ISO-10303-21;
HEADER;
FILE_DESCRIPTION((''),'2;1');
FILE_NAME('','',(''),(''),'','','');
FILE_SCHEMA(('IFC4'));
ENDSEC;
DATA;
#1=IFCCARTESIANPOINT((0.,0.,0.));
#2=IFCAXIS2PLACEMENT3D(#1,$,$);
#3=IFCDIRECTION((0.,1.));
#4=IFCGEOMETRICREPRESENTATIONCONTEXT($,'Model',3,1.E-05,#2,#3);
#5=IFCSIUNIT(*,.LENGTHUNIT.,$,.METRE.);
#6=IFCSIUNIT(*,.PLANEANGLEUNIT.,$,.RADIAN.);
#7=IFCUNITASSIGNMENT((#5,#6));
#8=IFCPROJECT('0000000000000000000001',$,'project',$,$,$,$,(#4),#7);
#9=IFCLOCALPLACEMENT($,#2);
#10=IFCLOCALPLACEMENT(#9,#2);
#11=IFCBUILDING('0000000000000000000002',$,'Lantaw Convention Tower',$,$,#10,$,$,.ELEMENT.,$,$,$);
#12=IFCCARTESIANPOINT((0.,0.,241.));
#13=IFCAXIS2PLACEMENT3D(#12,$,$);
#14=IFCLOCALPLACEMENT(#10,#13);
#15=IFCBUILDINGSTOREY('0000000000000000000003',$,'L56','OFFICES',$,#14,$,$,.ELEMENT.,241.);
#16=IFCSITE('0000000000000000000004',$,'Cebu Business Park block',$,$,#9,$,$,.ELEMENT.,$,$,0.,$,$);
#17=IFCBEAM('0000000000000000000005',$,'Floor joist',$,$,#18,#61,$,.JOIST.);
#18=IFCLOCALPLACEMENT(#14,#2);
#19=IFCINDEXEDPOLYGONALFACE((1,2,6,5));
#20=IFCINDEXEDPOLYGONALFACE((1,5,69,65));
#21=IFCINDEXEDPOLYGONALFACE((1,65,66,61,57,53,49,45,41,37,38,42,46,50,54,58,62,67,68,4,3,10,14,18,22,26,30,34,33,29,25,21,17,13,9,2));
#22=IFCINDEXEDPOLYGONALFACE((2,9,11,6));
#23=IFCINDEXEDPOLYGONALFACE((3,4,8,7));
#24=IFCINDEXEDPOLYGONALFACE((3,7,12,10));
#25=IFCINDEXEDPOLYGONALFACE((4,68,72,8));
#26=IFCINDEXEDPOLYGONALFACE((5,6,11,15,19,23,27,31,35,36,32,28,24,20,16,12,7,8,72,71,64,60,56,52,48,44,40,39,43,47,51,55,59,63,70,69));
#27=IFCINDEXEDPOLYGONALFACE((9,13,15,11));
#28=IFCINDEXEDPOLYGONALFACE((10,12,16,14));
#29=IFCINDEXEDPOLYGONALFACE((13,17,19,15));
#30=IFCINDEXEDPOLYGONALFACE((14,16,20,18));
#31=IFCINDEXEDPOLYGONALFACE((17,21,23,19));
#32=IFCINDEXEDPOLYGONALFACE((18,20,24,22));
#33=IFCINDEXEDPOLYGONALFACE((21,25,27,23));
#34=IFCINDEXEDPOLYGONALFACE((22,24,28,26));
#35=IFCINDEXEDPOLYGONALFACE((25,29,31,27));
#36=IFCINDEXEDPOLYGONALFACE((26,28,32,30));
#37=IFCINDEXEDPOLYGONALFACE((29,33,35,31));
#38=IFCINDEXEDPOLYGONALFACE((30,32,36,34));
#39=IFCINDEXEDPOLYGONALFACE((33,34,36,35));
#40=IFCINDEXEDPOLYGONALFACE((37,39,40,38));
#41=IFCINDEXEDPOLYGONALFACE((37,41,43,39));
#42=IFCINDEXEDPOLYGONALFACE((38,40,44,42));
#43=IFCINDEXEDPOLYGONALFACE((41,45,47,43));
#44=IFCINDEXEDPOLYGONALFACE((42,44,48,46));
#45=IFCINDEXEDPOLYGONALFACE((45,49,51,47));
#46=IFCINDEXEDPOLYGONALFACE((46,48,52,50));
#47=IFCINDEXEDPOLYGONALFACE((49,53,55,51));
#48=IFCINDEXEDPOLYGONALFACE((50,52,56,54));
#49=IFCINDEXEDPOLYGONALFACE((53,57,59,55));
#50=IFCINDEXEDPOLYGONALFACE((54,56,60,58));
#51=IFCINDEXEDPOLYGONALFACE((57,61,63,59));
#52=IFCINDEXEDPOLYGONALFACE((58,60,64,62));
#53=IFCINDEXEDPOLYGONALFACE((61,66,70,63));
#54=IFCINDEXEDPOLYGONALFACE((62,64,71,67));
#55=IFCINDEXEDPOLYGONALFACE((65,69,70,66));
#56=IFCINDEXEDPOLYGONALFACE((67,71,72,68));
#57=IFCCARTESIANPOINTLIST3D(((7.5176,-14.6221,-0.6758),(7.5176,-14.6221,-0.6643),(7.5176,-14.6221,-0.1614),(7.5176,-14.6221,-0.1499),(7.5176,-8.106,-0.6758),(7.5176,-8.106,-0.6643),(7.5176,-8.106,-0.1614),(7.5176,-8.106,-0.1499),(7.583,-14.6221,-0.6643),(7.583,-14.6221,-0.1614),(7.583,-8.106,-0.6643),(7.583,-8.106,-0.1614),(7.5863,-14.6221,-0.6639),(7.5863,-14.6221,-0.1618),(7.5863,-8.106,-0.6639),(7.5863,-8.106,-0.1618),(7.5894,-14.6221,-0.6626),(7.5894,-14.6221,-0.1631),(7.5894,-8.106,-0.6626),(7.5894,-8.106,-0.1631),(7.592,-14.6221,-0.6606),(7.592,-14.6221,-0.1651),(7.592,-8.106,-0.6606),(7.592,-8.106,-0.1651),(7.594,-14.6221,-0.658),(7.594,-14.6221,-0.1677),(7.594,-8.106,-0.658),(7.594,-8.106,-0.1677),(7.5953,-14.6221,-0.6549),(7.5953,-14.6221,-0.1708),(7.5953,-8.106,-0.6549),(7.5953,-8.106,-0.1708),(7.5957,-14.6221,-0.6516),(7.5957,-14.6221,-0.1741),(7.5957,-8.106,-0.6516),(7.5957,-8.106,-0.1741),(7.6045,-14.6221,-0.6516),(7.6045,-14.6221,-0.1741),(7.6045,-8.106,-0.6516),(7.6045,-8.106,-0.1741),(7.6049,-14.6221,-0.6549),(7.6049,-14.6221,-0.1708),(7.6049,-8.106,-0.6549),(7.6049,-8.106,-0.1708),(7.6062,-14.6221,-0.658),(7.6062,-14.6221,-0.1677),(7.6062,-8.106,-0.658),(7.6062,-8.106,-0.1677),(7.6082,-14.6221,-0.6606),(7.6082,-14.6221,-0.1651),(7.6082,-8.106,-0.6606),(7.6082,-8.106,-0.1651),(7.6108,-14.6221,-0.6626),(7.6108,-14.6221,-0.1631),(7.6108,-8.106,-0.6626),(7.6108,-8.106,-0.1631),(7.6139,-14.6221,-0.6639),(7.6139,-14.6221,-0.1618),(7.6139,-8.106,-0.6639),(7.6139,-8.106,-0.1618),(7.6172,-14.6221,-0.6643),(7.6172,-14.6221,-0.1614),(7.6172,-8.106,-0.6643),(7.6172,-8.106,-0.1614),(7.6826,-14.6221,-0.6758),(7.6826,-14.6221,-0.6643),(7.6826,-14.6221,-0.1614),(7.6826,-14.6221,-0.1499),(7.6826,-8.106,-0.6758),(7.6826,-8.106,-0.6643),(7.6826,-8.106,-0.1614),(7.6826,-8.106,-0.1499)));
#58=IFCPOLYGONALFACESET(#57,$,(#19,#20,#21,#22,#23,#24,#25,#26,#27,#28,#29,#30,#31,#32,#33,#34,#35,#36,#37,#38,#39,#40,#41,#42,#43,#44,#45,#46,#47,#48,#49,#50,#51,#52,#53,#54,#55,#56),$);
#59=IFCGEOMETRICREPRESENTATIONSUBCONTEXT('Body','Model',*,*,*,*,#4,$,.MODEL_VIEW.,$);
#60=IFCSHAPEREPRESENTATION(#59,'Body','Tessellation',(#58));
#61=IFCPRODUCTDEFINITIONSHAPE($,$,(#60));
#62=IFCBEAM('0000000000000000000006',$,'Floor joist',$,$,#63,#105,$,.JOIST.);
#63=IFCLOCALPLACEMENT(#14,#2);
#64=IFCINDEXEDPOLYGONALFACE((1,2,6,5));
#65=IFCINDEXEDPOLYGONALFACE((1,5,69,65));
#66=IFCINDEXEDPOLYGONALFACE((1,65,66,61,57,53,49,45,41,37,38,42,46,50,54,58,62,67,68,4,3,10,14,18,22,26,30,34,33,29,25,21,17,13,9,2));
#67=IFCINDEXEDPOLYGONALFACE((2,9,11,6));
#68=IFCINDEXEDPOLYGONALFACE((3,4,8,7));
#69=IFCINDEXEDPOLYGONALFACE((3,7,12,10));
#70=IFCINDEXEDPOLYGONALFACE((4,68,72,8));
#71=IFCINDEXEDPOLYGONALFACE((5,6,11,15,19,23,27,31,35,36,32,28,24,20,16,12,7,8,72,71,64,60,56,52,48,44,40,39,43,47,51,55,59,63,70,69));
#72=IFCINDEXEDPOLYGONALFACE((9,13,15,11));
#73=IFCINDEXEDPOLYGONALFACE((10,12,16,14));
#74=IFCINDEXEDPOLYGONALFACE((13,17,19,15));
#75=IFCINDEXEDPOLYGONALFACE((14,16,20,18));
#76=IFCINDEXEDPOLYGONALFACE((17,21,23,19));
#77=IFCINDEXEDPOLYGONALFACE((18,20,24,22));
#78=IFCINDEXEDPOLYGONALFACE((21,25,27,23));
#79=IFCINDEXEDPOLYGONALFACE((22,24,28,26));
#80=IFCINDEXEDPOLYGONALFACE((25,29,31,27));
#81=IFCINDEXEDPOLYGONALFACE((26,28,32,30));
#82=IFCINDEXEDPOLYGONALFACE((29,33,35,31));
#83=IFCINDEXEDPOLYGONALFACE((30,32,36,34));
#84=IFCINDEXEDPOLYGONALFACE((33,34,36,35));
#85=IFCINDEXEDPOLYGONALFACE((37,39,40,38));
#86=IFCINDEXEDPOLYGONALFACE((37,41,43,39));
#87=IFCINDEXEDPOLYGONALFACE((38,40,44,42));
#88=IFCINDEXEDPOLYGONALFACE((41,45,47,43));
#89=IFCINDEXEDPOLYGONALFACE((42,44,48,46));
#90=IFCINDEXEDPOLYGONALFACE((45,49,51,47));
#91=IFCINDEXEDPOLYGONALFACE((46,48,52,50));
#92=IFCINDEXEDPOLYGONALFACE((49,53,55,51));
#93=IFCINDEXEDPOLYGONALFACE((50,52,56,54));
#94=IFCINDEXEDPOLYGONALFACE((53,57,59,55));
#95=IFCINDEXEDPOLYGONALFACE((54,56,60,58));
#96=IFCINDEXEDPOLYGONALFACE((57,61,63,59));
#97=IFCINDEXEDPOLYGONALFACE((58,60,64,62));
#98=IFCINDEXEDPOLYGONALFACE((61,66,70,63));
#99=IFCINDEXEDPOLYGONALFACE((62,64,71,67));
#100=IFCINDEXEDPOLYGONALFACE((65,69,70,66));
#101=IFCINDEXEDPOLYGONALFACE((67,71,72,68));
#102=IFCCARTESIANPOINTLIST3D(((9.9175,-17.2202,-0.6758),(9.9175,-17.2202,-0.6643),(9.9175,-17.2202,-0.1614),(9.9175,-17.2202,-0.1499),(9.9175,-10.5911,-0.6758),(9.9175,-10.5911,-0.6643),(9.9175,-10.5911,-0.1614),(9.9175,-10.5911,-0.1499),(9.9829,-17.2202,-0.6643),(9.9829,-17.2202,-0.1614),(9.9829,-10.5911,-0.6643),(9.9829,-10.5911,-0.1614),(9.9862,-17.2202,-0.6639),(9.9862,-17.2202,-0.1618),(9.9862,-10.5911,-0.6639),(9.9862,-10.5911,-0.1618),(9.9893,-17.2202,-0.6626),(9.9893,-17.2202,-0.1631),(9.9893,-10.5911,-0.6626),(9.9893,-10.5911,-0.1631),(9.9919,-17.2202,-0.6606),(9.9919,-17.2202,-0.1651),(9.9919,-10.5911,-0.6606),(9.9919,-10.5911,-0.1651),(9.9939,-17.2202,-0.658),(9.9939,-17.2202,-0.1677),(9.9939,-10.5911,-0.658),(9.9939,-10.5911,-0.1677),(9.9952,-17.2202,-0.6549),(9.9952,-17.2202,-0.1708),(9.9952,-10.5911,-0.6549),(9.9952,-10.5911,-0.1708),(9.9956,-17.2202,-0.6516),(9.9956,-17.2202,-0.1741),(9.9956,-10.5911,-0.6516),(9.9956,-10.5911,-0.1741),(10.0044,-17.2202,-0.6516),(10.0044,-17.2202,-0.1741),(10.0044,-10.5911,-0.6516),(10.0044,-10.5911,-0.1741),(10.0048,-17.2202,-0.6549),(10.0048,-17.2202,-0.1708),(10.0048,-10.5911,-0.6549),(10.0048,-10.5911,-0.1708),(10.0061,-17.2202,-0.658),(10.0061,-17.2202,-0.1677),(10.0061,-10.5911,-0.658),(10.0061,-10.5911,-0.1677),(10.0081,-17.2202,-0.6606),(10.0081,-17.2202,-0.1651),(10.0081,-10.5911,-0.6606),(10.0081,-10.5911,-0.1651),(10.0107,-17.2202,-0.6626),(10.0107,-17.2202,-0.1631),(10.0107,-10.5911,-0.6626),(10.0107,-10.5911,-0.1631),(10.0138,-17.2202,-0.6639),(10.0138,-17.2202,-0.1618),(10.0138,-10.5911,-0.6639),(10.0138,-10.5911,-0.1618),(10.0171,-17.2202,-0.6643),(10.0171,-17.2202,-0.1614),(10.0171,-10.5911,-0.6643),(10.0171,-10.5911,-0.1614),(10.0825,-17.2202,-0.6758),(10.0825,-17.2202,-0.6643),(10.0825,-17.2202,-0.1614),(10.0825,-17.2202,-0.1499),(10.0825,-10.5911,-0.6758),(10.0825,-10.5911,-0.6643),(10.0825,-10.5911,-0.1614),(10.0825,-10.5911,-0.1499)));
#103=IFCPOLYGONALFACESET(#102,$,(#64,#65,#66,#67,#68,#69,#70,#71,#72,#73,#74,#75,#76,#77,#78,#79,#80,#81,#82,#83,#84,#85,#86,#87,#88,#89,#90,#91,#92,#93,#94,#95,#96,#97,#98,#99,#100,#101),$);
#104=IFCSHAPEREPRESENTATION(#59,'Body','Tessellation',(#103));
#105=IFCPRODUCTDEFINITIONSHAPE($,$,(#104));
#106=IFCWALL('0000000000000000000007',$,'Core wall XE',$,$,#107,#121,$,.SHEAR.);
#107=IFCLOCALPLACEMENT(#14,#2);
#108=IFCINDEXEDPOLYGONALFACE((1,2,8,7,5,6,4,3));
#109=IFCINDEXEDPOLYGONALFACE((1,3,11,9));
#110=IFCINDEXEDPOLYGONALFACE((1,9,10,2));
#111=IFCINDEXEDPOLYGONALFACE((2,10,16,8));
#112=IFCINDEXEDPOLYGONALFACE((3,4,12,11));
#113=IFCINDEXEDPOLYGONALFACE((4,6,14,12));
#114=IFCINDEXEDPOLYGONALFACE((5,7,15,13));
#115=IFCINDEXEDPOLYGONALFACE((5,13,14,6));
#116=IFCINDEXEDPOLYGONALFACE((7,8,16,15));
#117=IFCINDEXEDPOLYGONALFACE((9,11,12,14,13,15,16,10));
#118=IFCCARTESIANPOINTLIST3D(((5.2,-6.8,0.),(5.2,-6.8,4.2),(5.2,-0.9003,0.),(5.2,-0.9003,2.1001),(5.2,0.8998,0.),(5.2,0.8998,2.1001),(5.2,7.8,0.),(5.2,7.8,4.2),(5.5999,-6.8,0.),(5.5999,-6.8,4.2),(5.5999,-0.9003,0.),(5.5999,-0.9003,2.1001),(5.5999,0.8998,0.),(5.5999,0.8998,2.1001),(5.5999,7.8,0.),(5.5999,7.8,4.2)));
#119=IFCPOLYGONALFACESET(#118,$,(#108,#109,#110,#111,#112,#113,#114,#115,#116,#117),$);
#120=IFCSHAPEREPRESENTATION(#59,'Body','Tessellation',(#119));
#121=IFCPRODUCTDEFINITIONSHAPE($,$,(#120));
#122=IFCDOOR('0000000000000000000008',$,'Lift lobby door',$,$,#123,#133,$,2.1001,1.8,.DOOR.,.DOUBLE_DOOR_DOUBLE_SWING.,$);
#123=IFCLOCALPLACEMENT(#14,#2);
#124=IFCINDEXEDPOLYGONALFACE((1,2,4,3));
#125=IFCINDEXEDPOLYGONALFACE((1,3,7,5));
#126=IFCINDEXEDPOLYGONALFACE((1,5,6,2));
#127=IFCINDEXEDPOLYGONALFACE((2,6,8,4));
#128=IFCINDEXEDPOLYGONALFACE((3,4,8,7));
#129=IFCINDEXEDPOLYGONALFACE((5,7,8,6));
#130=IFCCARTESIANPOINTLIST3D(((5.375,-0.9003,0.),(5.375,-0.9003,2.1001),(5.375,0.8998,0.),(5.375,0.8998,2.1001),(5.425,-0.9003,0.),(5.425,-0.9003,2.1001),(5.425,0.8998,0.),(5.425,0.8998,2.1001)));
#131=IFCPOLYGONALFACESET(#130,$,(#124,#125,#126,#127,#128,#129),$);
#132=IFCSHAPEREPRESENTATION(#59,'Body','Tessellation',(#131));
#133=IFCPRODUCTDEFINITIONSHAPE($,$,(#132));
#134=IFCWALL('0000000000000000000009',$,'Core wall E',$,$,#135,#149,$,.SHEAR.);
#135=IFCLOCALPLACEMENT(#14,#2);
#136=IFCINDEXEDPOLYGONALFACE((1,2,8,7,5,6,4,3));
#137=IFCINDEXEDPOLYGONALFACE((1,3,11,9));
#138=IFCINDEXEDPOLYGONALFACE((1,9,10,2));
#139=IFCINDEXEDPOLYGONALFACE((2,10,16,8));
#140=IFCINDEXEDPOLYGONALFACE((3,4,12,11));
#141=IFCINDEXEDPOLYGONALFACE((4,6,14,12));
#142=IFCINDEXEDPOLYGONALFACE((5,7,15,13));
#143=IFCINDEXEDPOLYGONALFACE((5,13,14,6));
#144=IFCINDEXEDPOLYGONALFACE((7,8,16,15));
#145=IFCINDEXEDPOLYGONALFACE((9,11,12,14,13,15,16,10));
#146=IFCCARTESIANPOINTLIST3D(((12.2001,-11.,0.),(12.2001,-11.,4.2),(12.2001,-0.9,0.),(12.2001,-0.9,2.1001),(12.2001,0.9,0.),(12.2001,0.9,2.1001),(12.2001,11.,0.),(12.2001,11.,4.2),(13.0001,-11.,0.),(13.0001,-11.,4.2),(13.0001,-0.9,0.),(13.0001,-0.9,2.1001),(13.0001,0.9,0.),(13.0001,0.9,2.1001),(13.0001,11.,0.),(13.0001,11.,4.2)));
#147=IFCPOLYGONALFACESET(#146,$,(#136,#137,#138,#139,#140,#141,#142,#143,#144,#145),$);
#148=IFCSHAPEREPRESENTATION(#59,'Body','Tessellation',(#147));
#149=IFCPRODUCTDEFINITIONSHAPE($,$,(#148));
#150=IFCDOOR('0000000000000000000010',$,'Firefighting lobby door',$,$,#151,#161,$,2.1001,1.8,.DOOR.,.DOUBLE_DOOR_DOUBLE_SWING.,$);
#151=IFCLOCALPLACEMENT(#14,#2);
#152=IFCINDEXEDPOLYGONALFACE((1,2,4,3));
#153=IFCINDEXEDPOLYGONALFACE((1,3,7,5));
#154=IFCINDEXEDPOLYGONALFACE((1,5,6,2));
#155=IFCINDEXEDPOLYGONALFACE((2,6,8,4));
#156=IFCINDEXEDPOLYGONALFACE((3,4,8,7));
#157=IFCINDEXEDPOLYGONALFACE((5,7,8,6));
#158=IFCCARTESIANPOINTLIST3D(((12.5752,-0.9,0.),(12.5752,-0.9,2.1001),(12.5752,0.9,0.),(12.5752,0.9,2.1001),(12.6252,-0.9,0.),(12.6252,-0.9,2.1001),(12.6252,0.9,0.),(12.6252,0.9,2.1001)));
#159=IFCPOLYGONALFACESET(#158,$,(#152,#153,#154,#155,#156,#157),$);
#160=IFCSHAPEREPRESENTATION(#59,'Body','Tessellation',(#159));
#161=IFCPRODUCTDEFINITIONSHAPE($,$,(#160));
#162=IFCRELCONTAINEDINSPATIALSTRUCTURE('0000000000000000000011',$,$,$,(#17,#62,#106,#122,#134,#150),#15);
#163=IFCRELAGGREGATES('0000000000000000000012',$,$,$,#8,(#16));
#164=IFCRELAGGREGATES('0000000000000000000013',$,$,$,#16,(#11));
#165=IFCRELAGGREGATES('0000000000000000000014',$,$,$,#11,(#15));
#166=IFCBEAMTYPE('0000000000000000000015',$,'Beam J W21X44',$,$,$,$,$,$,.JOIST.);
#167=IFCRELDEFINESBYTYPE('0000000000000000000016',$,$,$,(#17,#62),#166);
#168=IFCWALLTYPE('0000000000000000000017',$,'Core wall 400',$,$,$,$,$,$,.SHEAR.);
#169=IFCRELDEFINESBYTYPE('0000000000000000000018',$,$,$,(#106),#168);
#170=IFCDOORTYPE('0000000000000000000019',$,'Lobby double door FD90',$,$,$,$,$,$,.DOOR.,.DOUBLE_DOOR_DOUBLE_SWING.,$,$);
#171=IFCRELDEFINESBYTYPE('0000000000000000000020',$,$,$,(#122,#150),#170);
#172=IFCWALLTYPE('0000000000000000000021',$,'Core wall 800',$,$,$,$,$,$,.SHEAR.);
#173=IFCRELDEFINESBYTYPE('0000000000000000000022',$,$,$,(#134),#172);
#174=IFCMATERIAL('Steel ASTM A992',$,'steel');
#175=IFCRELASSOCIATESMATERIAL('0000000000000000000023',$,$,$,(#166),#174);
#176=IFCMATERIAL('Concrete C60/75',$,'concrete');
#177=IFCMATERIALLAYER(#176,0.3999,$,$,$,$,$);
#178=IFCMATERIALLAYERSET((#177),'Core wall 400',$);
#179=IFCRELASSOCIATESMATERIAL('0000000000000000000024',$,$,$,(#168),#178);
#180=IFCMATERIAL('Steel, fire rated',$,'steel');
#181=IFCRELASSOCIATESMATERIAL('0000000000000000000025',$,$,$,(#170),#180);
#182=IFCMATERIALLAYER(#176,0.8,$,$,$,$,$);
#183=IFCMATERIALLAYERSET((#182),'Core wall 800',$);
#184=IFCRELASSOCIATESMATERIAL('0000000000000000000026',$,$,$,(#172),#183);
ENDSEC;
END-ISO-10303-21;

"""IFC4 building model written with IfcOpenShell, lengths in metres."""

from ifc_helpers import new_model, si_unit, direction, frame, frame_2d, origin, origin_2d, place, context, subcontext, project, spatial, rectangle, i_section, extrude, material, layer, layer_set, material_profile, profile_set, type_object, element, fill, save


model = new_model("IFC4")

# Units and contexts
model_context = context("Model", 3, precision=1e-05, world=origin(), true_north=direction((0.0, 1.0)))
body_context = subcontext(model_context, "Body", "Model", "MODEL_VIEW")
ifc_project = project(units=[si_unit("LENGTHUNIT", "METRE"), si_unit("PLANEANGLEUNIT", "RADIAN")], contexts=[model_context])

# Site, building, storey
site_placement = place(None, origin())
site = spatial("IfcSite", under=ifc_project, at=site_placement, Name="Cebu Business Park block", CompositionType="ELEMENT", RefElevation=0.0)
building_placement = place(site_placement, origin())
building = spatial("IfcBuilding", under=site, at=building_placement, Name="Lantaw Convention Tower", CompositionType="ELEMENT")
storey_placement = place(building_placement, frame((0.0, 0.0, 241.0)))
storey = spatial("IfcBuildingStorey", under=building, at=storey_placement, Name="L56", Description="OFFICES", CompositionType="ELEMENT", Elevation=241.0)

# Beams
ifc_material_1 = material(Name="Steel ASTM A992", Category="steel")
ifc_material_profile_1 = material_profile(ifc_material_1, i_section(OverallWidth=0.165, OverallDepth=0.5259, WebThickness=0.0088, FlangeThickness=0.0115, FilletRadius=0.0127, at=origin_2d()), Name="W21X44")
ifc_profile_set_1 = profile_set([ifc_material_profile_1], Name="Steel ASTM A992")
beam_type_1 = type_object("IfcBeamType", Name="Beam J W21X44", PredefinedType="JOIST", material=ifc_profile_set_1)
beam_1_placement = place(storey_placement, frame((7.6001, -14.6221, -0.4128), z_axis=(0.0, 1.0, 0.0), x_axis=(-1.0, 0.0, 0.0)))
element("IfcBeam", 1, at=beam_1_placement, inside=storey, type_object=beam_type_1, Name="Floor joist", PredefinedType="JOIST", context=body_context, shape_type="SweptSolid", body=[
    extrude(i_section(OverallWidth=0.165, OverallDepth=0.5259, WebThickness=0.0088, FlangeThickness=0.0115, FilletRadius=0.0127, at=origin_2d()), origin(), (0.0, 0.0, 1.0), 6.5161),
])
beam_2_placement = place(storey_placement, frame((10.0, -17.2202, -0.4128), z_axis=(0.0, 1.0, 0.0), x_axis=(-1.0, 0.0, 0.0)))
element("IfcBeam", 2, at=beam_2_placement, inside=storey, type_object=beam_type_1, Name="Floor joist", PredefinedType="JOIST", context=body_context, shape_type="SweptSolid", body=[
    extrude(i_section(OverallWidth=0.165, OverallDepth=0.5259, WebThickness=0.0088, FlangeThickness=0.0115, FilletRadius=0.0127, at=origin_2d()), origin(), (0.0, 0.0, 1.0), 6.6292),
])

# Walls, openings, doors
ifc_material_2 = material(Name="Concrete C60/75", Category="concrete")
ifc_layer_1 = layer(ifc_material_2, 0.3999)
ifc_layer_set_1 = layer_set([ifc_layer_1], Name="Core wall 400")
wall_type_1 = type_object("IfcWallType", Name="Core wall 400", PredefinedType="SHEAR", material=ifc_layer_set_1)
wall_1_placement = place(storey_placement, frame((5.3999, -6.8, 0.0), z_axis=(0.0, 0.0, 1.0), x_axis=(0.0, 1.0, 0.0)))
wall_1 = element("IfcWall", 3, at=wall_1_placement, inside=storey, type_object=wall_type_1, Name="Core wall XE", PredefinedType="SHEAR", context=body_context, shape_type="SweptSolid", body=[
    extrude(rectangle(XDim=14.6001, YDim=0.3999, at=frame_2d((7.3, 0.0))), origin(), (0.0, 0.0, 1.0), 4.2),
])
opening_1_placement = place(wall_1_placement, frame((5.8999, 0.0, 0.0)))
opening_1 = element("IfcOpeningElement", 4, at=opening_1_placement, cuts=wall_1, PredefinedType="OPENING", context=body_context, shape_type="SweptSolid", body=[
    extrude(rectangle(XDim=1.8, YDim=2.1001, at=frame_2d((0.8999, 1.05))), frame((0.0, 0.21, 0.0), z_axis=(0.0, -1.0, 0.0), x_axis=(1.0, 0.0, 0.0)), (0.0, 0.0, 1.0), 0.4199),
])
ifc_material_3 = material(Name="Steel, fire rated", Category="steel")
door_type_1 = type_object("IfcDoorType", Name="Lobby double door FD90", OperationType="DOUBLE_DOOR_DOUBLE_SWING", PredefinedType="DOOR", material=ifc_material_3)
door_1_placement = place(opening_1_placement, origin())
door_1 = element("IfcDoor", 5, at=door_1_placement, inside=storey, type_object=door_type_1, Name="Lift lobby door", OperationType="DOUBLE_DOOR_DOUBLE_SWING", OverallHeight=2.1001, OverallWidth=1.8, PredefinedType="DOOR", context=body_context, shape_type="SweptSolid", body=[
    extrude(rectangle(XDim=1.8, YDim=2.1001, at=frame_2d((0.8999, 1.05))), frame((0.0, 0.0249, 0.0), z_axis=(0.0, -1.0, 0.0), x_axis=(1.0, 0.0, 0.0)), (0.0, 0.0, 1.0), 0.05),
])
fill(opening_1, door_1)
ifc_layer_2 = layer(ifc_material_2, 0.8)
ifc_layer_set_2 = layer_set([ifc_layer_2], Name="Core wall 800")
wall_type_2 = type_object("IfcWallType", Name="Core wall 800", PredefinedType="SHEAR", material=ifc_layer_set_2)
wall_2_placement = place(storey_placement, frame((12.6001, -11.0, 0.0), z_axis=(0.0, 0.0, 1.0), x_axis=(0.0, 1.0, 0.0)))
wall_2 = element("IfcWall", 6, at=wall_2_placement, inside=storey, type_object=wall_type_2, Name="Core wall E", PredefinedType="SHEAR", context=body_context, shape_type="SweptSolid", body=[
    extrude(rectangle(XDim=22.0, YDim=0.8, at=frame_2d((11.0, 0.0))), origin(), (0.0, 0.0, 1.0), 4.2),
])
opening_2_placement = place(wall_2_placement, frame((10.1001, 0.0, 0.0)))
opening_2 = element("IfcOpeningElement", 7, at=opening_2_placement, cuts=wall_2, PredefinedType="OPENING", context=body_context, shape_type="SweptSolid", body=[
    extrude(rectangle(XDim=1.8, YDim=2.1001, at=frame_2d((0.8999, 1.05))), frame((0.0, 0.4099, 0.0), z_axis=(0.0, -1.0, 0.0), x_axis=(1.0, 0.0, 0.0)), (0.0, 0.0, 1.0), 0.8201),
])
door_2_placement = place(opening_2_placement, origin())
door_2 = element("IfcDoor", 8, at=door_2_placement, inside=storey, type_object=door_type_1, Name="Firefighting lobby door", OperationType="DOUBLE_DOOR_DOUBLE_SWING", OverallHeight=2.1001, OverallWidth=1.8, PredefinedType="DOOR", context=body_context, shape_type="SweptSolid", body=[
    extrude(rectangle(XDim=1.8, YDim=2.1001, at=frame_2d((0.8999, 1.05))), frame((0.0, 0.0249, 0.0), z_axis=(0.0, -1.0, 0.0), x_axis=(1.0, 0.0, 0.0)), (0.0, 0.0, 1.0), 0.05),
])
fill(opening_2, door_2)

save(model, "model.ifc")
